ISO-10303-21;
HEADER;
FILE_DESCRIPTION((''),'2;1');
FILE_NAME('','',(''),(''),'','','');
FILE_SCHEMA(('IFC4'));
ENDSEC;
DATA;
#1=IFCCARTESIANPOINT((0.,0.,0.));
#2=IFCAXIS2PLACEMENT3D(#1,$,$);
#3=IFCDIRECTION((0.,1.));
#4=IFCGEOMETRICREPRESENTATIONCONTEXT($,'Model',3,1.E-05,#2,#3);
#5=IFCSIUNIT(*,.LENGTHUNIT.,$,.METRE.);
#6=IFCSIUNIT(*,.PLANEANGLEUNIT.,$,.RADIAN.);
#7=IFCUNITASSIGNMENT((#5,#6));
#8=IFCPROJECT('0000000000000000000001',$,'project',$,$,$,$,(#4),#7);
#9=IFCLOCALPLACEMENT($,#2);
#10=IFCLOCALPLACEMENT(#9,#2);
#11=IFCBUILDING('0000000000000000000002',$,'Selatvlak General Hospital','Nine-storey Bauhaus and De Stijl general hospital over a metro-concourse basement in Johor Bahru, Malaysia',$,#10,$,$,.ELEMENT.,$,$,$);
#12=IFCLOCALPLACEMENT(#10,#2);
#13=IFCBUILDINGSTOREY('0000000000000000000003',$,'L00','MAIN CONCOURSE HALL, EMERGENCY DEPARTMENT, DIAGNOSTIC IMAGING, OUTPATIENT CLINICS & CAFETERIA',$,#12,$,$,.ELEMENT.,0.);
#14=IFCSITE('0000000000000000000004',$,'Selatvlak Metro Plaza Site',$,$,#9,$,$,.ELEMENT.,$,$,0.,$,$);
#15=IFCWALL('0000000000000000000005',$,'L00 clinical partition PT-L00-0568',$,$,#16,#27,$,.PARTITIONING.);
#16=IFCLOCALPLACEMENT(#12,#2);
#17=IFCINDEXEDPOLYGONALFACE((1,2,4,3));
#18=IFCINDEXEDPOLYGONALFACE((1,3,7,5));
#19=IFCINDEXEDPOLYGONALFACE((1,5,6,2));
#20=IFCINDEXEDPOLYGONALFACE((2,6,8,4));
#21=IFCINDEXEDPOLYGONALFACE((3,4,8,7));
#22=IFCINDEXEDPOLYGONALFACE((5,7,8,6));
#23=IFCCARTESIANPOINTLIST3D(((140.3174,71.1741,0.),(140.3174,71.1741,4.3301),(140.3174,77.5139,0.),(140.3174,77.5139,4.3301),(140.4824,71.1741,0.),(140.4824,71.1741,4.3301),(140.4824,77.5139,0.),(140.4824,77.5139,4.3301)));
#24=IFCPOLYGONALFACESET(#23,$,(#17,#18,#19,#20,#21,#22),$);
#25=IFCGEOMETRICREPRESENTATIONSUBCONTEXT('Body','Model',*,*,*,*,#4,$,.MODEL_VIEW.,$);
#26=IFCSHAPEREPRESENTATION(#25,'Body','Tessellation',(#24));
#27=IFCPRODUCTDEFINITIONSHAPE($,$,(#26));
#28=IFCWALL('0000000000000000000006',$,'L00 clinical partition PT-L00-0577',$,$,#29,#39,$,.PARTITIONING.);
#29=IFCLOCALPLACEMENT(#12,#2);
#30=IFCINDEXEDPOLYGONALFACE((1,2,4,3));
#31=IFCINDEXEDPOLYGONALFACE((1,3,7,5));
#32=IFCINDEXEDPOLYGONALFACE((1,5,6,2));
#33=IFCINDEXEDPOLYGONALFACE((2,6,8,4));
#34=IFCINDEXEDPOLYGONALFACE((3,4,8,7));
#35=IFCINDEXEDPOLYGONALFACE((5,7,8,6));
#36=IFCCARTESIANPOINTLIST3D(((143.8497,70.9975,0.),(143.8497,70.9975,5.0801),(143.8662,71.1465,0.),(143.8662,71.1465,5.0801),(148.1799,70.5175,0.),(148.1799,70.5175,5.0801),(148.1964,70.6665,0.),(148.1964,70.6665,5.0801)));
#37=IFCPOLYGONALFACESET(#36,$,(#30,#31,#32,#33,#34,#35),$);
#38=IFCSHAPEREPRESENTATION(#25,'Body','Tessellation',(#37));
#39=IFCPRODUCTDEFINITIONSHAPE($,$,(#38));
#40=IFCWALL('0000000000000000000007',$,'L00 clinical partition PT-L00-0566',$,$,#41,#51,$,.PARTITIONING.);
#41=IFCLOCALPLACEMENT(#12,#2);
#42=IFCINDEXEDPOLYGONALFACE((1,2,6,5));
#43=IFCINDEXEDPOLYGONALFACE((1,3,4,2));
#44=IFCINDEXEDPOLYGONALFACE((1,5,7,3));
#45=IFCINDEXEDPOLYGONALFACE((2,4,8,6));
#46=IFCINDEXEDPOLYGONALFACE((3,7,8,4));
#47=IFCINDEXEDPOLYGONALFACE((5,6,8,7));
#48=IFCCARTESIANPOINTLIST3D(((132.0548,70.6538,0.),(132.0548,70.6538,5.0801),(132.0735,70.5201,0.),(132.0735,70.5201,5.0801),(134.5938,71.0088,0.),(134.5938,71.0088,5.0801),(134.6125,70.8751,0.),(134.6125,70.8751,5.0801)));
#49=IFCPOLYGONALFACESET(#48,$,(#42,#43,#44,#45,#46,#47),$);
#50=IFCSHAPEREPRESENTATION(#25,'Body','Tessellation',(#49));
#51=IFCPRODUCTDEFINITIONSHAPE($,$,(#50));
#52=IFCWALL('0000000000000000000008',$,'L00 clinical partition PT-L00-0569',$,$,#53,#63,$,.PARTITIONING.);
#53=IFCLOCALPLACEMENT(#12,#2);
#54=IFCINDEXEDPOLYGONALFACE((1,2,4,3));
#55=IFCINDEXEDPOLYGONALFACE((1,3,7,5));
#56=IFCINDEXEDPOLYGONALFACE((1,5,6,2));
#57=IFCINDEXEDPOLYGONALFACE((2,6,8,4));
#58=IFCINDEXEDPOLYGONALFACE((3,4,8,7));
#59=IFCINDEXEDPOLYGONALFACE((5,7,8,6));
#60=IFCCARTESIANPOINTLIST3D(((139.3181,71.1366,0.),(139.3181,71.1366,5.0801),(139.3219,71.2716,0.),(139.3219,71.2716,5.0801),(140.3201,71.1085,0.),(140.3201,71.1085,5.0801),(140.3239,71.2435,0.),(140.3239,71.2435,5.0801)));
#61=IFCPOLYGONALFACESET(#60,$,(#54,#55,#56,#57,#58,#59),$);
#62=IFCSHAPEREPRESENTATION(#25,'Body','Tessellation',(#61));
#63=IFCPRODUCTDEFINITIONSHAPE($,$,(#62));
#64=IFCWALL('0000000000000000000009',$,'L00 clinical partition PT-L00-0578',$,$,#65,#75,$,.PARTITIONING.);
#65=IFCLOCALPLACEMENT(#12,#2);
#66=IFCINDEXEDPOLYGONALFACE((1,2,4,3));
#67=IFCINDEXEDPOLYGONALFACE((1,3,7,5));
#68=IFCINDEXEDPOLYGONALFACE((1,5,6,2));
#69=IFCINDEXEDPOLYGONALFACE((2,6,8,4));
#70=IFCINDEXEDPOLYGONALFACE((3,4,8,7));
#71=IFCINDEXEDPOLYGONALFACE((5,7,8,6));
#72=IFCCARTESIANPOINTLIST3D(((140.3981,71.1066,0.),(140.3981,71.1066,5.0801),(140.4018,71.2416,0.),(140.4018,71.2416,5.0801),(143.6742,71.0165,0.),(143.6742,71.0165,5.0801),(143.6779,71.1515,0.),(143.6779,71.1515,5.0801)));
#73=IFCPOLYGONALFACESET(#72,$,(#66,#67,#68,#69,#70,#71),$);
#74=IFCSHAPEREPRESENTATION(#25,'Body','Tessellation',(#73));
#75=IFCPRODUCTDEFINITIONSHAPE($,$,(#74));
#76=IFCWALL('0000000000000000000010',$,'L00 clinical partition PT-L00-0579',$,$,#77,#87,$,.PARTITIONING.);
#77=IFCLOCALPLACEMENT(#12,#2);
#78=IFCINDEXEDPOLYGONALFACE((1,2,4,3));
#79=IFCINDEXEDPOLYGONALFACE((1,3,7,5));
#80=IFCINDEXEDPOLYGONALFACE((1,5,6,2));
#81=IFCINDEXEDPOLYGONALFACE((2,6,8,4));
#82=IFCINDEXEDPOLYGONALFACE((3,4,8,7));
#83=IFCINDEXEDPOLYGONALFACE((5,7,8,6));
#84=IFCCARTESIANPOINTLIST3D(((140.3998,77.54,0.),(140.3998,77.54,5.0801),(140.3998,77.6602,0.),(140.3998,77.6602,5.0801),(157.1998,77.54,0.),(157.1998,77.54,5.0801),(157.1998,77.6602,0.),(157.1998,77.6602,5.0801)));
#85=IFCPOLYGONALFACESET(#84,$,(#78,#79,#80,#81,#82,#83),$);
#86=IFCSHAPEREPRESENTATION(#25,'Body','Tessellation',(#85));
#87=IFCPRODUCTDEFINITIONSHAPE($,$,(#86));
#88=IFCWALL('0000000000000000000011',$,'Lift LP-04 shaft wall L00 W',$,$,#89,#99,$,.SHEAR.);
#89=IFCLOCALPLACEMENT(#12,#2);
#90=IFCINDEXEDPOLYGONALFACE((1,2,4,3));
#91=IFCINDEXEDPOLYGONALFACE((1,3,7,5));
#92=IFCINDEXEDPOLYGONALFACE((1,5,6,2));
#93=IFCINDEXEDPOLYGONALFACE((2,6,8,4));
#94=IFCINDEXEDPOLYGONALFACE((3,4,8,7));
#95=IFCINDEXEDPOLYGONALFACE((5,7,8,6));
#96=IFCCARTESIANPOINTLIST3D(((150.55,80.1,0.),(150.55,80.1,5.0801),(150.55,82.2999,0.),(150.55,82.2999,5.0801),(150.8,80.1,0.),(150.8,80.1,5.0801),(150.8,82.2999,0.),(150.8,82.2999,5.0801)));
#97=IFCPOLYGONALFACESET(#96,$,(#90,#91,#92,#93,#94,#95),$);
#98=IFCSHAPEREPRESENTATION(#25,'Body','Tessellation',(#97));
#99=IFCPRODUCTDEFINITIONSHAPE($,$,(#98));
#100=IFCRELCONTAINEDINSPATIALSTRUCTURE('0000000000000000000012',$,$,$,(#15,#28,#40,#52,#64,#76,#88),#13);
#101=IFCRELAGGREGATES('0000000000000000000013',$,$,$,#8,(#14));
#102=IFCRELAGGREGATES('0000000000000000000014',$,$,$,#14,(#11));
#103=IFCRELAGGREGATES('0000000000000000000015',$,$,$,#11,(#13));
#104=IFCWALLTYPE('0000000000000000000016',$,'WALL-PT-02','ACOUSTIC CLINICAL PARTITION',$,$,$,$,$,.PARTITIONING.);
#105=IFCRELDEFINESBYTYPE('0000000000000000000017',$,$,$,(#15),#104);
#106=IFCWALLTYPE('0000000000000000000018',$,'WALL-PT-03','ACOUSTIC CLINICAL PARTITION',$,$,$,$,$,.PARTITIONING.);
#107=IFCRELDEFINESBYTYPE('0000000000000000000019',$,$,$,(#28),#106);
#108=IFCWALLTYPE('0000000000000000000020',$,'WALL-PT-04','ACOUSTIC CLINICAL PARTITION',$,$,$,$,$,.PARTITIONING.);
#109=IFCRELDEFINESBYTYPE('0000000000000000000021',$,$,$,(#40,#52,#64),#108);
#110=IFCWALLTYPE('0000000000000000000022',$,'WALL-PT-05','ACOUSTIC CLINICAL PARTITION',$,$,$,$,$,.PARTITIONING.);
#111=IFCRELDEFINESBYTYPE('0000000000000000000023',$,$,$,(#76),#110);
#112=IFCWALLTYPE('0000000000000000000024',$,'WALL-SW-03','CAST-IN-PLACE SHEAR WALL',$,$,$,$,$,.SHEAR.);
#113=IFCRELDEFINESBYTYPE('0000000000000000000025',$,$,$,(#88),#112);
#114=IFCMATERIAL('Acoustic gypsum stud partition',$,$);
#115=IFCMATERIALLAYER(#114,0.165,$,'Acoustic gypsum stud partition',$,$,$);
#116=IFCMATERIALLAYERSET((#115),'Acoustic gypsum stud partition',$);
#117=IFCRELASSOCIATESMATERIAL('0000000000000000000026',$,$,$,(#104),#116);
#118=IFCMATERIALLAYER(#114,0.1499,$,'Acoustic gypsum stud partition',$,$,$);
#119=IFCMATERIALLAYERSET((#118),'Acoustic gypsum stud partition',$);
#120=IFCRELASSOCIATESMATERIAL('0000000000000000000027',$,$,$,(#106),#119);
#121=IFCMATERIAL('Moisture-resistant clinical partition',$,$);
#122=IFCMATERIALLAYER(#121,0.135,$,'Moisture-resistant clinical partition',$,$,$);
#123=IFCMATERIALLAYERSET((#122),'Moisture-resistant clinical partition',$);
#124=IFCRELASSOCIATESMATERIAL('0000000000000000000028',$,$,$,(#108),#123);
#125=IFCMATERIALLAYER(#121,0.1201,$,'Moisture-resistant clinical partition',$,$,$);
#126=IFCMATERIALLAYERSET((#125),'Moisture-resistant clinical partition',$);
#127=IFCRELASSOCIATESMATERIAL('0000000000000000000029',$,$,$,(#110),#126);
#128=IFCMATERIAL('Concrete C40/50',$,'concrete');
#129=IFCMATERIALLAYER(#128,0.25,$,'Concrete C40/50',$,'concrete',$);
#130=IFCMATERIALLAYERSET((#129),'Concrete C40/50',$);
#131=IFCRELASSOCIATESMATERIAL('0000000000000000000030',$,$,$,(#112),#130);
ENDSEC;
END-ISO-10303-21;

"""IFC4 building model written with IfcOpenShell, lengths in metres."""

from ifc_helpers import new_model, si_unit, direction, frame, frame_2d, origin, place, context, subcontext, project, spatial, rectangle, extrude, material, layer, layer_set, type_object, element, save


model = new_model("IFC4")

# Units and contexts
model_context = context("Model", 3, precision=1e-05, world=origin(), true_north=direction((0.0, 1.0)))
body_context = subcontext(model_context, "Body", "Model", "MODEL_VIEW")
ifc_project = project(units=[si_unit("LENGTHUNIT", "METRE"), si_unit("PLANEANGLEUNIT", "RADIAN")], contexts=[model_context])

# Site, building, storey
site_placement = place(None, origin())
site = spatial("IfcSite", under=ifc_project, at=site_placement, Name="Selatvlak Metro Plaza Site", CompositionType="ELEMENT", RefElevation=0.0)
building_placement = place(site_placement, origin())
building = spatial("IfcBuilding", under=site, at=building_placement, Name="Selatvlak General Hospital", Description="Nine-storey Bauhaus and De Stijl general hospital over a metro-concourse basement in Johor Bahru, Malaysia", CompositionType="ELEMENT")
storey_placement = place(building_placement, origin())
storey = spatial("IfcBuildingStorey", under=building, at=storey_placement, Name="L00", Description="MAIN CONCOURSE HALL, EMERGENCY DEPARTMENT, DIAGNOSTIC IMAGING, OUTPATIENT CLINICS & CAFETERIA", CompositionType="ELEMENT", Elevation=0.0)

# Shared definitions
ifc_material_1 = material(Name="Concrete C40/50", Category="concrete")

# Shared definitions
ifc_material_2 = material(Name="Acoustic gypsum stud partition")
ifc_layer_1 = layer(ifc_material_2, 0.165, Name="Acoustic gypsum stud partition")
ifc_layer_set_1 = layer_set([ifc_layer_1], Name="Acoustic gypsum stud partition")
wall_type_1 = type_object("IfcWallType", Name="WALL-PT-02", Description="ACOUSTIC CLINICAL PARTITION", PredefinedType="PARTITIONING", material=ifc_layer_set_1)

# Walls
wall_1_placement = place(storey_placement, frame((140.3999, 77.5139, 0.0), z_axis=(0.0, 0.0, 1.0), x_axis=(0.0, -1.0, 0.0)))
element("IfcWall", 1, at=wall_1_placement, inside=storey, type_object=wall_type_1, Name="L00 clinical partition PT-L00-0568", PredefinedType="PARTITIONING", context=body_context, shape_type="SweptSolid", body=[
    extrude(rectangle(XDim=6.3398, YDim=0.165, at=frame_2d((3.1699, 0.0))), origin(), (0.0, 0.0, 1.0), 4.3301),
])
ifc_layer_2 = layer(ifc_material_2, 0.1499, Name="Acoustic gypsum stud partition")
ifc_layer_set_2 = layer_set([ifc_layer_2], Name="Acoustic gypsum stud partition")
wall_type_2 = type_object("IfcWallType", Name="WALL-PT-03", Description="ACOUSTIC CLINICAL PARTITION", PredefinedType="PARTITIONING", material=ifc_layer_set_2)
wall_2_placement = place(storey_placement, frame((148.188, 70.592, 0.0), z_axis=(0.0, 0.0, 1.0), x_axis=(-0.993912, 0.110173, 0.0)))
element("IfcWall", 2, at=wall_2_placement, inside=storey, type_object=wall_type_2, Name="L00 clinical partition PT-L00-0577", PredefinedType="PARTITIONING", context=body_context, shape_type="SweptSolid", body=[
    extrude(rectangle(XDim=4.3567, YDim=0.1499, at=frame_2d((2.1782, 0.0))), origin(), (0.0, 0.0, 1.0), 5.0801),
])
ifc_material_3 = material(Name="Moisture-resistant clinical partition")
ifc_layer_3 = layer(ifc_material_3, 0.135, Name="Moisture-resistant clinical partition")
ifc_layer_set_3 = layer_set([ifc_layer_3], Name="Moisture-resistant clinical partition")
wall_type_3 = type_object("IfcWallType", Name="WALL-PT-04", Description="ACOUSTIC CLINICAL PARTITION", PredefinedType="PARTITIONING", material=ifc_layer_set_3)
wall_3_placement = place(storey_placement, frame((134.603, 70.9419, 0.0), z_axis=(0.0, 0.0, 1.0), x_axis=(-0.990368, -0.138461, 0.0)))
element("IfcWall", 3, at=wall_3_placement, inside=storey, type_object=wall_type_3, Name="L00 clinical partition PT-L00-0566", PredefinedType="PARTITIONING", context=body_context, shape_type="SweptSolid", body=[
    extrude(rectangle(XDim=2.5637, YDim=0.135, at=frame_2d((1.2817, 0.0))), origin(), (0.0, 0.0, 1.0), 5.0801),
])
wall_4_placement = place(storey_placement, frame((140.322, 71.176, 0.0), z_axis=(0.0, 0.0, 1.0), x_axis=(-0.999608, 0.02801, 0.0)))
element("IfcWall", 4, at=wall_4_placement, inside=storey, type_object=wall_type_3, Name="L00 clinical partition PT-L00-0569", PredefinedType="PARTITIONING", context=body_context, shape_type="SweptSolid", body=[
    extrude(rectangle(XDim=1.0024, YDim=0.135, at=frame_2d((0.5012, 0.0))), origin(), (0.0, 0.0, 1.0), 5.0801),
])
wall_5_placement = place(storey_placement, frame((143.676, 71.084, 0.0), z_axis=(0.0, 0.0, 1.0), x_axis=(-0.999622, 0.027488, 0.0)))
element("IfcWall", 5, at=wall_5_placement, inside=storey, type_object=wall_type_3, Name="L00 clinical partition PT-L00-0578", PredefinedType="PARTITIONING", context=body_context, shape_type="SweptSolid", body=[
    extrude(rectangle(XDim=3.2773, YDim=0.135, at=frame_2d((1.6387, 0.0))), origin(), (0.0, 0.0, 1.0), 5.0801),
])
ifc_layer_4 = layer(ifc_material_3, 0.1201, Name="Moisture-resistant clinical partition")
ifc_layer_set_4 = layer_set([ifc_layer_4], Name="Moisture-resistant clinical partition")
wall_type_4 = type_object("IfcWallType", Name="WALL-PT-05", Description="ACOUSTIC CLINICAL PARTITION", PredefinedType="PARTITIONING", material=ifc_layer_set_4)
wall_6_placement = place(storey_placement, frame((140.3999, 77.6001, 0.0), z_axis=(0.0, 0.0, 1.0), x_axis=(1.0, 0.0, 0.0)))
element("IfcWall", 6, at=wall_6_placement, inside=storey, type_object=wall_type_4, Name="L00 clinical partition PT-L00-0579", PredefinedType="PARTITIONING", context=body_context, shape_type="SweptSolid", body=[
    extrude(rectangle(XDim=16.8, YDim=0.1201, at=frame_2d((8.3999, 0.0))), origin(), (0.0, 0.0, 1.0), 5.0801),
])

# Shared definitions
ifc_layer_5 = layer(ifc_material_1, 0.25, Name="Concrete C40/50", Category="concrete")
ifc_layer_set_5 = layer_set([ifc_layer_5], Name="Concrete C40/50")
wall_type_5 = type_object("IfcWallType", Name="WALL-SW-03", Description="CAST-IN-PLACE SHEAR WALL", PredefinedType="SHEAR", material=ifc_layer_set_5)

# Wall
wall_7_placement = place(storey_placement, frame((150.675, 82.3, 0.0), z_axis=(0.0, 0.0, 1.0), x_axis=(0.0, -1.0, 0.0)))
element("IfcWall", 7, at=wall_7_placement, inside=storey, type_object=wall_type_5, Name="Lift LP-04 shaft wall L00 W", PredefinedType="SHEAR", context=body_context, shape_type="SweptSolid", body=[
    extrude(rectangle(XDim=2.2, YDim=0.25, at=frame_2d((1.1001, 0.0))), origin(), (0.0, 0.0, 1.0), 5.0801),
])

save(model, "model.ifc")
